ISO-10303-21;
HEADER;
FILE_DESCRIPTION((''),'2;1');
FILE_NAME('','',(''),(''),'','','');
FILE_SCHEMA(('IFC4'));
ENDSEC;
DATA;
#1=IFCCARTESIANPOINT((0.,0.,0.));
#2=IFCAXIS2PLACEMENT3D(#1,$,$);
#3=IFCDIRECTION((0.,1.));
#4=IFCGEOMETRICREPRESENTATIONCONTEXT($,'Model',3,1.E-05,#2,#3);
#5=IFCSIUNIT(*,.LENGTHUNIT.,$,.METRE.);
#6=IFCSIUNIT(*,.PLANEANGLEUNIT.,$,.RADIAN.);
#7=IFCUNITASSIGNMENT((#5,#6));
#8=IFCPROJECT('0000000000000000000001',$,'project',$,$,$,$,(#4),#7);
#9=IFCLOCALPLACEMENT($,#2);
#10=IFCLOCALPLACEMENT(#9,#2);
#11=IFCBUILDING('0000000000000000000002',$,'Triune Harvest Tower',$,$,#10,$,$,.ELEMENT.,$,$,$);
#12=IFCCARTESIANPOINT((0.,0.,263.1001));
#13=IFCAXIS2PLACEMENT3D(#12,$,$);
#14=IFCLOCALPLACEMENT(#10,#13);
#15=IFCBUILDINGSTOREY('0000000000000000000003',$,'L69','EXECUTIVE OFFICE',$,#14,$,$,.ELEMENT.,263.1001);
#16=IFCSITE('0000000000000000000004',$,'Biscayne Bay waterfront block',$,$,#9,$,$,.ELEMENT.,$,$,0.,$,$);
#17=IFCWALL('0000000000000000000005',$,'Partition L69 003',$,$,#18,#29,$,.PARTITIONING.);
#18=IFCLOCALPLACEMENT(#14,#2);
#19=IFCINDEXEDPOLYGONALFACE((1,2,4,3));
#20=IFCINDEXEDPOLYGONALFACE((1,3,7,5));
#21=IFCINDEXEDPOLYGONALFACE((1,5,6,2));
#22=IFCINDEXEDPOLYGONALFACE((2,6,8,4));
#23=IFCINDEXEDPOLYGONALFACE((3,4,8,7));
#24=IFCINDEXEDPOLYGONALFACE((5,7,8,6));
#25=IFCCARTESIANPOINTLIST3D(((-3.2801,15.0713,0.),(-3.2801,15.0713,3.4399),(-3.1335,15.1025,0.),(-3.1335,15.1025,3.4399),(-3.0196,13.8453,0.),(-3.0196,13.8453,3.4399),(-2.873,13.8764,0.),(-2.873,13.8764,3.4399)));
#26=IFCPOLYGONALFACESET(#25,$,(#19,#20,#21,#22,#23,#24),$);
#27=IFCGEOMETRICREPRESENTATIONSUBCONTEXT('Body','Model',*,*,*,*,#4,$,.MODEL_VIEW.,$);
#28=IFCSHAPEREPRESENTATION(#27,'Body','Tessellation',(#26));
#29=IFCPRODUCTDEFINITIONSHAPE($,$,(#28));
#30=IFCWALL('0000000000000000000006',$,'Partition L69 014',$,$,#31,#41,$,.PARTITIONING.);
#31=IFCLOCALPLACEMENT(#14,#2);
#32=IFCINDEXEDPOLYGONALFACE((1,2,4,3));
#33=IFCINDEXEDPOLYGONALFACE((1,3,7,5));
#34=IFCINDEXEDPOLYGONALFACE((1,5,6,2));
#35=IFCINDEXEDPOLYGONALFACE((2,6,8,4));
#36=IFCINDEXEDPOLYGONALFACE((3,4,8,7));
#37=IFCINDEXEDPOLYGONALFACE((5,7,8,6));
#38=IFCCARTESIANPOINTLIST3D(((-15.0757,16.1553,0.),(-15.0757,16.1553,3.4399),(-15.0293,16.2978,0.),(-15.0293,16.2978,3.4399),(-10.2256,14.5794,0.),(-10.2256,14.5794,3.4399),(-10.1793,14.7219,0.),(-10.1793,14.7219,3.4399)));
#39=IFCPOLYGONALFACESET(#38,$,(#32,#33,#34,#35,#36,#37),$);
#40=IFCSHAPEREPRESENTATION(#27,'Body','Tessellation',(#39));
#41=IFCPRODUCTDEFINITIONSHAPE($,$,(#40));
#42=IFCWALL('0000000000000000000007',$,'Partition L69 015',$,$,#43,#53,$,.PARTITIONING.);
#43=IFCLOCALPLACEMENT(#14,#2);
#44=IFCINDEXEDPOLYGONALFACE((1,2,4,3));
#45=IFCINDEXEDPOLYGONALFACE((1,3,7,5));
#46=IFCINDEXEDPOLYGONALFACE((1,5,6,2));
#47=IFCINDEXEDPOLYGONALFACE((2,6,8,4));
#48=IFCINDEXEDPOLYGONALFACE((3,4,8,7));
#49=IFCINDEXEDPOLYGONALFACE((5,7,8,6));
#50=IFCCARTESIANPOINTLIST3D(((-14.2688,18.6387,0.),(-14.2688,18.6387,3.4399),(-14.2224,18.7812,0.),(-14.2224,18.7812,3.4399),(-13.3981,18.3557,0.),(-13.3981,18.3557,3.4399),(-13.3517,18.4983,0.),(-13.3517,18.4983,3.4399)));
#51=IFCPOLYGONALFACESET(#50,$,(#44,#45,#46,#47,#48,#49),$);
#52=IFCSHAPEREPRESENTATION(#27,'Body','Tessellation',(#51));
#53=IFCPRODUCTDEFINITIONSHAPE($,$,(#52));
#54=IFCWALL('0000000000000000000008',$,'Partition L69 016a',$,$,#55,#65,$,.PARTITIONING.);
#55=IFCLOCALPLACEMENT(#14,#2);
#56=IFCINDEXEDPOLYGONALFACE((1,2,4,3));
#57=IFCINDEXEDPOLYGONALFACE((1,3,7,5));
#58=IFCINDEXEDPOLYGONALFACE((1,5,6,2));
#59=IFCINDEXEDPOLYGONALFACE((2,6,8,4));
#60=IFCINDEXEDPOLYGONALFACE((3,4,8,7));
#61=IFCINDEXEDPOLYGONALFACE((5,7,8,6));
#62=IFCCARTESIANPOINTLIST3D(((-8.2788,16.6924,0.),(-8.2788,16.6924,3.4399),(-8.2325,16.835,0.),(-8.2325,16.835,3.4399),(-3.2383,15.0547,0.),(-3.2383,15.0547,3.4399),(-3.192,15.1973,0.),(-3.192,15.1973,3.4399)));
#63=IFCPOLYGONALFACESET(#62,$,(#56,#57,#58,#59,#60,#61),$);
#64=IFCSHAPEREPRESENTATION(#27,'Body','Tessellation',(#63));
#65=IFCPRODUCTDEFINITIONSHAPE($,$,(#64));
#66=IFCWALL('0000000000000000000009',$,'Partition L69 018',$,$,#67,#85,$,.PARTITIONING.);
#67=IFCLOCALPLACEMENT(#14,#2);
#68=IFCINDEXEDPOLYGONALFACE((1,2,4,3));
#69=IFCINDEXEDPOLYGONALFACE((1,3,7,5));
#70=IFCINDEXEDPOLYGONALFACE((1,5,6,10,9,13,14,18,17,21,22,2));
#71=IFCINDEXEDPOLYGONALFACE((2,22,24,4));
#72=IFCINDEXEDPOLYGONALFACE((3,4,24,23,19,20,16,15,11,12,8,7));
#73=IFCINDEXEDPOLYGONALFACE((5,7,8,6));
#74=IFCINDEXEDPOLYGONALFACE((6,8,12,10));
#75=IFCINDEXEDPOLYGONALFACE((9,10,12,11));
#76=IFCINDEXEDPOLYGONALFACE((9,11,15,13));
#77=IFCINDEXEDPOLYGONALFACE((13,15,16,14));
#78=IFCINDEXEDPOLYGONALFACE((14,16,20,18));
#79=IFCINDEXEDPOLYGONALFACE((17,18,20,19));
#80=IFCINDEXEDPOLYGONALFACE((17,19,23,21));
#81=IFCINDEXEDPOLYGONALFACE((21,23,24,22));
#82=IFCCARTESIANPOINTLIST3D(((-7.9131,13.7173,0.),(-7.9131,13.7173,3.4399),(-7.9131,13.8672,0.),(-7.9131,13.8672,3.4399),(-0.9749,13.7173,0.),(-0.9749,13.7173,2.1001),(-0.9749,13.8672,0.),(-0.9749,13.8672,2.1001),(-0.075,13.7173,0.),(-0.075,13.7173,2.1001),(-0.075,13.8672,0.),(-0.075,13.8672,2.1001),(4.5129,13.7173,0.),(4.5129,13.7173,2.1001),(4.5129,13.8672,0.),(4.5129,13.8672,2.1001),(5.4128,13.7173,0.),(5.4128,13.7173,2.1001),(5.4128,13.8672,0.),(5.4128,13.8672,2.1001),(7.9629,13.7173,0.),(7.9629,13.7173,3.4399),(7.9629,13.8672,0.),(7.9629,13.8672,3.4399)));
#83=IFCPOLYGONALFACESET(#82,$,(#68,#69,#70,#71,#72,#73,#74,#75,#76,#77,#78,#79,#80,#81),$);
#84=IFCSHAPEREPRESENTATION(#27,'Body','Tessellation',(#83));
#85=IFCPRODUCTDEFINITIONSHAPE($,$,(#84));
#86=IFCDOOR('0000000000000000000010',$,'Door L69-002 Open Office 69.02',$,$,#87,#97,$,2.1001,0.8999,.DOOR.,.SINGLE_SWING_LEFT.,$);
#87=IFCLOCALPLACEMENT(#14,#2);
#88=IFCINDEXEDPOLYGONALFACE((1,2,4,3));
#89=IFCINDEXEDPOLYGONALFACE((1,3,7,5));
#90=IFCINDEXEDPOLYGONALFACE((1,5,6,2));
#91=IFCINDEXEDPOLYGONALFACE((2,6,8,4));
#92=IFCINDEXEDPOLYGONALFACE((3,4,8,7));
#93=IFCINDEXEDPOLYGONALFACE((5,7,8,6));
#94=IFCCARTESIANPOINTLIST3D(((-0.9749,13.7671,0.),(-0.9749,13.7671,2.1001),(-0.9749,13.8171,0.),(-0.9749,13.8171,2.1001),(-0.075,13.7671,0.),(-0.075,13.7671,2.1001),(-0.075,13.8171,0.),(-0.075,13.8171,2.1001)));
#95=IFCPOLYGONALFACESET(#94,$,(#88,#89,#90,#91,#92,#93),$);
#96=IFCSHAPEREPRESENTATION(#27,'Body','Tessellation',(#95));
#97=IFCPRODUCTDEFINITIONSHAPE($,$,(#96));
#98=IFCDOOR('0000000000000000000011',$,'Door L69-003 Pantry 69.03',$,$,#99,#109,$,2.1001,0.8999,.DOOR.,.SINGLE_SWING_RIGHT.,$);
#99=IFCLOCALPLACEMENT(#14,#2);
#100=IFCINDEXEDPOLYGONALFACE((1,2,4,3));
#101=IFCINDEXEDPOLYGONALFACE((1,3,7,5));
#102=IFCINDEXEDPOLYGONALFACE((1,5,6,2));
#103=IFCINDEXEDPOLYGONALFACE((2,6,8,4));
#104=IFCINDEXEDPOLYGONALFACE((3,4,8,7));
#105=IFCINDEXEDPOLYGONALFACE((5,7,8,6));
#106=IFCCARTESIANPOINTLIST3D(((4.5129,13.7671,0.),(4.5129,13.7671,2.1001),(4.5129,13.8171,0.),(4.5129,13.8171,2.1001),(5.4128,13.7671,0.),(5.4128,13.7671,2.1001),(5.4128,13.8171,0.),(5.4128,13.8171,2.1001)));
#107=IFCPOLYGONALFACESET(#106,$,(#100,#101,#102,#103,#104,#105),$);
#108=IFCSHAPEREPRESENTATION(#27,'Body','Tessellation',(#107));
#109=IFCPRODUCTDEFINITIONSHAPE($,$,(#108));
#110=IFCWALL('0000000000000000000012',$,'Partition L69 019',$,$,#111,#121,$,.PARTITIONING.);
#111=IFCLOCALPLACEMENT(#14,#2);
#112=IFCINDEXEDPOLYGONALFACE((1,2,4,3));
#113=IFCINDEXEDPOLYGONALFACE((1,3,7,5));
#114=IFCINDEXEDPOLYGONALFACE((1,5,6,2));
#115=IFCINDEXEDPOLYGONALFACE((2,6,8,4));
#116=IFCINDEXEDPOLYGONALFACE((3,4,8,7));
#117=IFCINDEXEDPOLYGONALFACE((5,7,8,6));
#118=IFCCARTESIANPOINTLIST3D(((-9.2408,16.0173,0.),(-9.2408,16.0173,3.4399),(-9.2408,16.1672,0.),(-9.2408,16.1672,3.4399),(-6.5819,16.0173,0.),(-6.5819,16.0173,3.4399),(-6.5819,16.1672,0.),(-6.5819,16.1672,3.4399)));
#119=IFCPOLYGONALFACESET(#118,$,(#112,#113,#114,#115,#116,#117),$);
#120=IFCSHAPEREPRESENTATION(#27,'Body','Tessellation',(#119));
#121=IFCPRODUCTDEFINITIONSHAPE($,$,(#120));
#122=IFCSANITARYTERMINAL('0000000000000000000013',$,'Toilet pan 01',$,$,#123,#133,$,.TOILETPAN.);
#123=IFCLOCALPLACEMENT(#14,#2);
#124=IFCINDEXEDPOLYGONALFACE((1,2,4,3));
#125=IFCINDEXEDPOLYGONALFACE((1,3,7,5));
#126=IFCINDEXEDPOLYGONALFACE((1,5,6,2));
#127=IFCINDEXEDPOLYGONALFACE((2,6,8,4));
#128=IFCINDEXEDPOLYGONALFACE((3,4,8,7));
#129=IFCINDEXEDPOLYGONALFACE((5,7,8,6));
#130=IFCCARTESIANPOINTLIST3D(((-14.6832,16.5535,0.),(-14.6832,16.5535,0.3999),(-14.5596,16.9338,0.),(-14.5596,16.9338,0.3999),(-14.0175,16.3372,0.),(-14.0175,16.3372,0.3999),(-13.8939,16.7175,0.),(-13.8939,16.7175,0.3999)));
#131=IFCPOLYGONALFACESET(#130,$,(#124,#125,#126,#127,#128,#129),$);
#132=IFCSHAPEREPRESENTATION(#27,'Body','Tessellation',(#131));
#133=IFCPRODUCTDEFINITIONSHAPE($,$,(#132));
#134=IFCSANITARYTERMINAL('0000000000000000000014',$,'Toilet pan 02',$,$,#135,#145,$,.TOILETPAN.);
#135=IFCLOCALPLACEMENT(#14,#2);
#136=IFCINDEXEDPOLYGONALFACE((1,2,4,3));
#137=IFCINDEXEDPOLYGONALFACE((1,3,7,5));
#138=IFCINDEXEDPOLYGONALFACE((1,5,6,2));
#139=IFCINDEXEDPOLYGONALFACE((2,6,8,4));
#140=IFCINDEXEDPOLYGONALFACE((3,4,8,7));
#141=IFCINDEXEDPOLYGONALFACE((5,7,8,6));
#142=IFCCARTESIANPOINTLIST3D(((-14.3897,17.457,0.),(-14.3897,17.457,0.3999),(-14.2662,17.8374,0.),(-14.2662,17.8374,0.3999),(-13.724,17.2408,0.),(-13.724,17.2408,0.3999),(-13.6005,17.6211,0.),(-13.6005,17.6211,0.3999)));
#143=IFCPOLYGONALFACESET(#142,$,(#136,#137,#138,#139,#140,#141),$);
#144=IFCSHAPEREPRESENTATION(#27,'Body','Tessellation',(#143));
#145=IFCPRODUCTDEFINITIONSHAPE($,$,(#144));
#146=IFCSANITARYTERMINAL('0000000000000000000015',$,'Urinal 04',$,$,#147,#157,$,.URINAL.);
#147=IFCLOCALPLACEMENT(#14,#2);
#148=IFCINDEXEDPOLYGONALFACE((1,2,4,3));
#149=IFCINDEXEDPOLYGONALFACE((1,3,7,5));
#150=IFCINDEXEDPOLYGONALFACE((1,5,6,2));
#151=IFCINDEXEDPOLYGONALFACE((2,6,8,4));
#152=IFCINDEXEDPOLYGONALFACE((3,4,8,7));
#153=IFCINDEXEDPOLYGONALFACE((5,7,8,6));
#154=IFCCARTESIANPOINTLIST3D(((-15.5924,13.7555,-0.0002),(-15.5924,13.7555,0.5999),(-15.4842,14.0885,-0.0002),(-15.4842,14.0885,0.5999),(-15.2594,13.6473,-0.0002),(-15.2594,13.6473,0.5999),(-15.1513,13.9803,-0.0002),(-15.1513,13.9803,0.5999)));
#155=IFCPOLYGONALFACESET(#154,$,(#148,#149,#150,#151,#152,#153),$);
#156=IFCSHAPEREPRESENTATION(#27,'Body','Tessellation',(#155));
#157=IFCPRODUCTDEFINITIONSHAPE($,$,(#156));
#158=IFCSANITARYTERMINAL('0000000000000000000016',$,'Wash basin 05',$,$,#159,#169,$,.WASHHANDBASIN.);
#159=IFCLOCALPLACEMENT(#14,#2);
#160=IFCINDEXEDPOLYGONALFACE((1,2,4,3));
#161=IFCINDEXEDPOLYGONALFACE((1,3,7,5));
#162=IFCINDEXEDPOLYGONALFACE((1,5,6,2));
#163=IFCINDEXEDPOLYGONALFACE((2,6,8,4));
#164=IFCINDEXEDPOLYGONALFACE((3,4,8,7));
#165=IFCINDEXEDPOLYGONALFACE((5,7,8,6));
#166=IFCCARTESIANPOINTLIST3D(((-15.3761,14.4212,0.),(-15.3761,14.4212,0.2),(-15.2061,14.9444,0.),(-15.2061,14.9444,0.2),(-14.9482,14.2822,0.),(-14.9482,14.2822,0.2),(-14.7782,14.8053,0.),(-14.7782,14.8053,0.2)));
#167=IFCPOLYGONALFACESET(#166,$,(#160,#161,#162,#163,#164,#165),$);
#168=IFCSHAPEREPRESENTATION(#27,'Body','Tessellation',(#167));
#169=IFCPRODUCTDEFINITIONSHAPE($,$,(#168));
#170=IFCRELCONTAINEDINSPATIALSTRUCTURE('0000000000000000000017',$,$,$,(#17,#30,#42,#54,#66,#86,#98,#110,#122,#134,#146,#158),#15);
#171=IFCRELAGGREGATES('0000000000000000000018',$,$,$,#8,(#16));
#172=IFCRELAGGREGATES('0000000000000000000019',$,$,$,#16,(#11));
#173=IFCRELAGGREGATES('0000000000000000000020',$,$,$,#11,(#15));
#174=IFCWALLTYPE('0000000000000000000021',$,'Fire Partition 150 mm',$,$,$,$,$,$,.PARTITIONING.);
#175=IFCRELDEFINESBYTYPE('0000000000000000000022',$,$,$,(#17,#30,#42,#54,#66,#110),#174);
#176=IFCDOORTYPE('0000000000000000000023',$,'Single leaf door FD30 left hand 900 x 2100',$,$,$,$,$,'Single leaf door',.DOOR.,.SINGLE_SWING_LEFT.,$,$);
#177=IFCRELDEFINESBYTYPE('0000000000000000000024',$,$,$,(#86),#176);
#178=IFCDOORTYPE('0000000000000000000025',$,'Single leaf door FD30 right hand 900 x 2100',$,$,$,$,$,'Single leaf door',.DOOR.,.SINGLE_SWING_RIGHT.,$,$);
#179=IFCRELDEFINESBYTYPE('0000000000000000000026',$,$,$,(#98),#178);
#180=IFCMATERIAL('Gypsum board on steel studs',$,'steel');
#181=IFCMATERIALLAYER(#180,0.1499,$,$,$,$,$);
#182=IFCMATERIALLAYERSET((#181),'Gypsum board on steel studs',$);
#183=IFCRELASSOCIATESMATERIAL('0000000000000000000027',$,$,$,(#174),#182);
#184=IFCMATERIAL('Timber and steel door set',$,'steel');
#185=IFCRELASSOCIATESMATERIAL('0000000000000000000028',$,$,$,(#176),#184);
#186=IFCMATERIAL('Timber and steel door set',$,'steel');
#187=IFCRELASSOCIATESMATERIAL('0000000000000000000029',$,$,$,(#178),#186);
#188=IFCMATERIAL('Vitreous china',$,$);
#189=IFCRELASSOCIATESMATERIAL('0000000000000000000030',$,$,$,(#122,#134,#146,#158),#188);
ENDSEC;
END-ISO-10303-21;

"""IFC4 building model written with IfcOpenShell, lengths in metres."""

from ifc_helpers import new_model, si_unit, direction, frame, frame_2d, origin, origin_2d, place, context, subcontext, project, spatial, rectangle, extrude, source, transform, mapped, material, layer, layer_set, type_object, element, fill, save


model = new_model("IFC4")

# Units and contexts
model_context = context("Model", 3, precision=1e-05, world=origin(), true_north=direction((0.0, 1.0)))
body_context = subcontext(model_context, "Body", "Model", "MODEL_VIEW")
ifc_project = project(units=[si_unit("LENGTHUNIT", "METRE"), si_unit("PLANEANGLEUNIT", "RADIAN")], contexts=[model_context])

# Site, building, storey
site_placement = place(None, origin())
site = spatial("IfcSite", under=ifc_project, at=site_placement, Name="Biscayne Bay waterfront block", CompositionType="ELEMENT", RefElevation=0.0)
building_placement = place(site_placement, origin())
building = spatial("IfcBuilding", under=site, at=building_placement, Name="Triune Harvest Tower", CompositionType="ELEMENT")
storey_placement = place(building_placement, frame((0.0, 0.0, 263.1001)))
storey = spatial("IfcBuildingStorey", under=building, at=storey_placement, Name="L69", Description="EXECUTIVE OFFICE", CompositionType="ELEMENT", Elevation=263.1001)

# Walls
ifc_material_1 = material(Name="Gypsum board on steel studs", Category="steel")
ifc_layer_1 = layer(ifc_material_1, 0.1499)
ifc_layer_set_1 = layer_set([ifc_layer_1], Name="Gypsum board on steel studs")
wall_type = type_object("IfcWallType", Name="Fire Partition 150 mm", PredefinedType="PARTITIONING", material=ifc_layer_set_1)
shared_shape_1 = source(origin(), body_context, "Body", "SweptSolid", [
    extrude(rectangle(XDim=1.2534, YDim=0.1499, at=frame_2d((0.6267, 0.0))), origin(), (0.0, 0.0, 1.0), 3.4399),
])
wall_1_placement = place(storey_placement, frame((-3.2068, 15.0869, 0.0), z_axis=(0.0, 0.0, 1.0), x_axis=(0.207826, -0.978166, 0.0)))
element("IfcWall", 1, at=wall_1_placement, inside=storey, type_object=wall_type, Name="Partition L69 003", PredefinedType="PARTITIONING", context=body_context, shape_type="MappedRepresentation", body=[
    mapped(shared_shape_1, transform((0.0, 0.0, 0.0), scale=1.0)),
])
shared_shape_2 = source(origin(), body_context, "Body", "SweptSolid", [
    extrude(rectangle(XDim=5.0996, YDim=0.1499, at=frame_2d((2.5498, 0.0))), origin(), (0.0, 0.0, 1.0), 3.4399),
])
wall_2_placement = place(storey_placement, frame((-15.0525, 16.2266, 0.0), z_axis=(0.0, 0.0, 1.0), x_axis=(0.951054, -0.309023, 0.0)))
element("IfcWall", 2, at=wall_2_placement, inside=storey, type_object=wall_type, Name="Partition L69 014", PredefinedType="PARTITIONING", context=body_context, shape_type="MappedRepresentation", body=[
    mapped(shared_shape_2, transform((0.0, 0.0, 0.0), scale=1.0)),
])
shared_shape_3 = source(origin(), body_context, "Body", "SweptSolid", [
    extrude(rectangle(XDim=0.9155, YDim=0.1499, at=frame_2d((0.4578, 0.0))), origin(), (0.0, 0.0, 1.0), 3.4399),
])
wall_3_placement = place(storey_placement, frame((-14.2456, 18.71, 0.0), z_axis=(0.0, 0.0, 1.0), x_axis=(0.95103, -0.309098, 0.0)))
element("IfcWall", 3, at=wall_3_placement, inside=storey, type_object=wall_type, Name="Partition L69 015", PredefinedType="PARTITIONING", context=body_context, shape_type="MappedRepresentation", body=[
    mapped(shared_shape_3, transform((0.0, 0.0, 0.0), scale=1.0)),
])
shared_shape_4 = source(origin(), body_context, "Body", "SweptSolid", [
    extrude(rectangle(XDim=5.2998, YDim=0.1499, at=frame_2d((2.6499, 0.0))), origin(), (0.0, 0.0, 1.0), 3.4399),
])
wall_4_placement = place(storey_placement, frame((-8.2556, 16.7637, 0.0), z_axis=(0.0, 0.0, 1.0), x_axis=(0.95106, -0.309005, 0.0)))
element("IfcWall", 4, at=wall_4_placement, inside=storey, type_object=wall_type, Name="Partition L69 016a", PredefinedType="PARTITIONING", context=body_context, shape_type="MappedRepresentation", body=[
    mapped(shared_shape_4, transform((0.0, 0.0, 0.0), scale=1.0)),
])

# Wall, openings, doors
shared_shape_5 = source(origin(), body_context, "Body", "SweptSolid", [
    extrude(rectangle(XDim=15.876, YDim=0.1499, at=frame_2d((7.938, 0.0))), origin(), (0.0, 0.0, 1.0), 3.4399),
])
wall_5_placement = place(storey_placement, frame((-7.9131, 13.7922, 0.0), z_axis=(0.0, 0.0, 1.0), x_axis=(1.0, 0.0, 0.0)))
wall_5 = element("IfcWall", 5, at=wall_5_placement, inside=storey, type_object=wall_type, Name="Partition L69 018", PredefinedType="PARTITIONING", context=body_context, shape_type="MappedRepresentation", body=[
    mapped(shared_shape_5, transform((0.0, 0.0, 0.0), scale=1.0)),
])
opening_1_placement = place(wall_5_placement, frame((6.9382, 0.0, 0.0)))
opening_1 = element("IfcOpeningElement", 6, at=opening_1_placement, cuts=wall_5, PredefinedType="OPENING", context=body_context, shape_type="SweptSolid", body=[
    extrude(rectangle(XDim=0.8999, YDim=2.1001, at=frame_2d((0.45, 1.05))), frame((0.0, 0.085, 0.0), z_axis=(0.0, -1.0, 0.0), x_axis=(1.0, 0.0, 0.0)), (0.0, 0.0, 1.0), 0.1699),
])
opening_2_placement = place(wall_5_placement, frame((12.426, 0.0, 0.0)))
opening_2 = element("IfcOpeningElement", 7, at=opening_2_placement, cuts=wall_5, PredefinedType="OPENING", context=body_context, shape_type="SweptSolid", body=[
    extrude(rectangle(XDim=0.8999, YDim=2.1001, at=frame_2d((0.45, 1.05))), frame((0.0, 0.085, 0.0), z_axis=(0.0, -1.0, 0.0), x_axis=(1.0, 0.0, 0.0)), (0.0, 0.0, 1.0), 0.1699),
])
ifc_material_2 = material(Name="Timber and steel door set", Category="steel")
door_type_1 = type_object("IfcDoorType", Name="Single leaf door FD30 left hand 900 x 2100", ElementType="Single leaf door", OperationType="SINGLE_SWING_LEFT", PredefinedType="DOOR", material=ifc_material_2)
door_1_placement = place(opening_1_placement, origin())
door_1 = element("IfcDoor", 8, at=door_1_placement, inside=storey, type_object=door_type_1, Name="Door L69-002 Open Office 69.02", OperationType="SINGLE_SWING_LEFT", OverallHeight=2.1001, OverallWidth=0.8999, PredefinedType="DOOR", context=body_context, shape_type="SweptSolid", body=[
    extrude(rectangle(XDim=0.8999, YDim=2.1001, at=frame_2d((0.45, 1.05))), frame((0.0, 0.0249, 0.0), z_axis=(0.0, -1.0, 0.0), x_axis=(1.0, 0.0, 0.0)), (0.0, 0.0, 1.0), 0.05),
])
fill(opening_1, door_1)
ifc_material_3 = material(Name="Timber and steel door set", Category="steel")
door_type_2 = type_object("IfcDoorType", Name="Single leaf door FD30 right hand 900 x 2100", ElementType="Single leaf door", OperationType="SINGLE_SWING_RIGHT", PredefinedType="DOOR", material=ifc_material_3)
door_2_placement = place(opening_2_placement, origin())
door_2 = element("IfcDoor", 9, at=door_2_placement, inside=storey, type_object=door_type_2, Name="Door L69-003 Pantry 69.03", OperationType="SINGLE_SWING_RIGHT", OverallHeight=2.1001, OverallWidth=0.8999, PredefinedType="DOOR", context=body_context, shape_type="SweptSolid", body=[
    extrude(rectangle(XDim=0.8999, YDim=2.1001, at=frame_2d((0.45, 1.05))), frame((0.0, 0.0249, 0.0), z_axis=(0.0, -1.0, 0.0), x_axis=(1.0, 0.0, 0.0)), (0.0, 0.0, 1.0), 0.05),
])
fill(opening_2, door_2)

# Wall
shared_shape_6 = source(origin(), body_context, "Body", "SweptSolid", [
    extrude(rectangle(XDim=2.6589, YDim=0.1499, at=frame_2d((1.3296, 0.0))), origin(), (0.0, 0.0, 1.0), 3.4399),
])
wall_6_placement = place(storey_placement, frame((-9.241, 16.0923, 0.0), z_axis=(0.0, 0.0, 1.0), x_axis=(1.0, 0.0, 0.0)))
element("IfcWall", 10, at=wall_6_placement, inside=storey, type_object=wall_type, Name="Partition L69 019", PredefinedType="PARTITIONING", context=body_context, shape_type="MappedRepresentation", body=[
    mapped(shared_shape_6, transform((0.0, 0.0, 0.0), scale=1.0)),
])

# Sanitary terminals
ifc_material_4 = material(Name="Vitreous china")
shared_shape_7 = source(origin(), body_context, "Body", "SweptSolid", [
    extrude(rectangle(XDim=0.3999, YDim=0.7, at=origin_2d()), origin(), (0.0, 0.0, 1.0), 0.3999),
])
for number, where, z_axis, x_axis, name in (
    (11, (-14.2886, 16.6355, 0.0), (0.0, 0.0, 1.0), (0.308984, 0.951067, 0.0), "Toilet pan 01"),
    (12, (-13.9951, 17.5391, 0.0), (0.0, 0.0, 1.0), (0.308984, 0.951067, 0.0), "Toilet pan 02"),
):
    element("IfcSanitaryTerminal", number, at=place(storey_placement, frame(where, z_axis=z_axis, x_axis=x_axis)), inside=storey, material=ifc_material_4, Name=name, PredefinedType="TOILETPAN", context=body_context, shape_type="MappedRepresentation", body=[
        mapped(shared_shape_7, transform((0.0, 0.0, 0.0), scale=1.0)),
    ])
shared_shape_8 = source(origin(), body_context, "Body", "SweptSolid", [
    extrude(rectangle(XDim=0.3501, YDim=0.3501, at=origin_2d()), origin(), (0.0, 0.0, 1.0), 0.6001),
])
sanitary_terminal_1_placement = place(storey_placement, frame((-15.3718, 13.8679, -0.0002), z_axis=(0.0, 0.0, 1.0), x_axis=(0.309, 0.951062, 0.0)))
element("IfcSanitaryTerminal", 13, at=sanitary_terminal_1_placement, inside=storey, material=ifc_material_4, Name="Urinal 04", PredefinedType="URINAL", context=body_context, shape_type="MappedRepresentation", body=[
    mapped(shared_shape_8, transform((0.0, 0.0, 0.0), scale=1.0)),
])
shared_shape_9 = source(origin(), body_context, "Body", "SweptSolid", [
    extrude(rectangle(XDim=0.55, YDim=0.45, at=origin_2d()), origin(), (0.0, 0.0, 1.0), 0.2),
])
sanitary_terminal_2_placement = place(storey_placement, frame((-15.0771, 14.6133, 0.0), z_axis=(0.0, 0.0, 1.0), x_axis=(0.309, 0.951062, 0.0)))
element("IfcSanitaryTerminal", 14, at=sanitary_terminal_2_placement, inside=storey, material=ifc_material_4, Name="Wash basin 05", PredefinedType="WASHHANDBASIN", context=body_context, shape_type="MappedRepresentation", body=[
    mapped(shared_shape_9, transform((0.0, 0.0, 0.0), scale=1.0)),
])

save(model, "model.ifc")
